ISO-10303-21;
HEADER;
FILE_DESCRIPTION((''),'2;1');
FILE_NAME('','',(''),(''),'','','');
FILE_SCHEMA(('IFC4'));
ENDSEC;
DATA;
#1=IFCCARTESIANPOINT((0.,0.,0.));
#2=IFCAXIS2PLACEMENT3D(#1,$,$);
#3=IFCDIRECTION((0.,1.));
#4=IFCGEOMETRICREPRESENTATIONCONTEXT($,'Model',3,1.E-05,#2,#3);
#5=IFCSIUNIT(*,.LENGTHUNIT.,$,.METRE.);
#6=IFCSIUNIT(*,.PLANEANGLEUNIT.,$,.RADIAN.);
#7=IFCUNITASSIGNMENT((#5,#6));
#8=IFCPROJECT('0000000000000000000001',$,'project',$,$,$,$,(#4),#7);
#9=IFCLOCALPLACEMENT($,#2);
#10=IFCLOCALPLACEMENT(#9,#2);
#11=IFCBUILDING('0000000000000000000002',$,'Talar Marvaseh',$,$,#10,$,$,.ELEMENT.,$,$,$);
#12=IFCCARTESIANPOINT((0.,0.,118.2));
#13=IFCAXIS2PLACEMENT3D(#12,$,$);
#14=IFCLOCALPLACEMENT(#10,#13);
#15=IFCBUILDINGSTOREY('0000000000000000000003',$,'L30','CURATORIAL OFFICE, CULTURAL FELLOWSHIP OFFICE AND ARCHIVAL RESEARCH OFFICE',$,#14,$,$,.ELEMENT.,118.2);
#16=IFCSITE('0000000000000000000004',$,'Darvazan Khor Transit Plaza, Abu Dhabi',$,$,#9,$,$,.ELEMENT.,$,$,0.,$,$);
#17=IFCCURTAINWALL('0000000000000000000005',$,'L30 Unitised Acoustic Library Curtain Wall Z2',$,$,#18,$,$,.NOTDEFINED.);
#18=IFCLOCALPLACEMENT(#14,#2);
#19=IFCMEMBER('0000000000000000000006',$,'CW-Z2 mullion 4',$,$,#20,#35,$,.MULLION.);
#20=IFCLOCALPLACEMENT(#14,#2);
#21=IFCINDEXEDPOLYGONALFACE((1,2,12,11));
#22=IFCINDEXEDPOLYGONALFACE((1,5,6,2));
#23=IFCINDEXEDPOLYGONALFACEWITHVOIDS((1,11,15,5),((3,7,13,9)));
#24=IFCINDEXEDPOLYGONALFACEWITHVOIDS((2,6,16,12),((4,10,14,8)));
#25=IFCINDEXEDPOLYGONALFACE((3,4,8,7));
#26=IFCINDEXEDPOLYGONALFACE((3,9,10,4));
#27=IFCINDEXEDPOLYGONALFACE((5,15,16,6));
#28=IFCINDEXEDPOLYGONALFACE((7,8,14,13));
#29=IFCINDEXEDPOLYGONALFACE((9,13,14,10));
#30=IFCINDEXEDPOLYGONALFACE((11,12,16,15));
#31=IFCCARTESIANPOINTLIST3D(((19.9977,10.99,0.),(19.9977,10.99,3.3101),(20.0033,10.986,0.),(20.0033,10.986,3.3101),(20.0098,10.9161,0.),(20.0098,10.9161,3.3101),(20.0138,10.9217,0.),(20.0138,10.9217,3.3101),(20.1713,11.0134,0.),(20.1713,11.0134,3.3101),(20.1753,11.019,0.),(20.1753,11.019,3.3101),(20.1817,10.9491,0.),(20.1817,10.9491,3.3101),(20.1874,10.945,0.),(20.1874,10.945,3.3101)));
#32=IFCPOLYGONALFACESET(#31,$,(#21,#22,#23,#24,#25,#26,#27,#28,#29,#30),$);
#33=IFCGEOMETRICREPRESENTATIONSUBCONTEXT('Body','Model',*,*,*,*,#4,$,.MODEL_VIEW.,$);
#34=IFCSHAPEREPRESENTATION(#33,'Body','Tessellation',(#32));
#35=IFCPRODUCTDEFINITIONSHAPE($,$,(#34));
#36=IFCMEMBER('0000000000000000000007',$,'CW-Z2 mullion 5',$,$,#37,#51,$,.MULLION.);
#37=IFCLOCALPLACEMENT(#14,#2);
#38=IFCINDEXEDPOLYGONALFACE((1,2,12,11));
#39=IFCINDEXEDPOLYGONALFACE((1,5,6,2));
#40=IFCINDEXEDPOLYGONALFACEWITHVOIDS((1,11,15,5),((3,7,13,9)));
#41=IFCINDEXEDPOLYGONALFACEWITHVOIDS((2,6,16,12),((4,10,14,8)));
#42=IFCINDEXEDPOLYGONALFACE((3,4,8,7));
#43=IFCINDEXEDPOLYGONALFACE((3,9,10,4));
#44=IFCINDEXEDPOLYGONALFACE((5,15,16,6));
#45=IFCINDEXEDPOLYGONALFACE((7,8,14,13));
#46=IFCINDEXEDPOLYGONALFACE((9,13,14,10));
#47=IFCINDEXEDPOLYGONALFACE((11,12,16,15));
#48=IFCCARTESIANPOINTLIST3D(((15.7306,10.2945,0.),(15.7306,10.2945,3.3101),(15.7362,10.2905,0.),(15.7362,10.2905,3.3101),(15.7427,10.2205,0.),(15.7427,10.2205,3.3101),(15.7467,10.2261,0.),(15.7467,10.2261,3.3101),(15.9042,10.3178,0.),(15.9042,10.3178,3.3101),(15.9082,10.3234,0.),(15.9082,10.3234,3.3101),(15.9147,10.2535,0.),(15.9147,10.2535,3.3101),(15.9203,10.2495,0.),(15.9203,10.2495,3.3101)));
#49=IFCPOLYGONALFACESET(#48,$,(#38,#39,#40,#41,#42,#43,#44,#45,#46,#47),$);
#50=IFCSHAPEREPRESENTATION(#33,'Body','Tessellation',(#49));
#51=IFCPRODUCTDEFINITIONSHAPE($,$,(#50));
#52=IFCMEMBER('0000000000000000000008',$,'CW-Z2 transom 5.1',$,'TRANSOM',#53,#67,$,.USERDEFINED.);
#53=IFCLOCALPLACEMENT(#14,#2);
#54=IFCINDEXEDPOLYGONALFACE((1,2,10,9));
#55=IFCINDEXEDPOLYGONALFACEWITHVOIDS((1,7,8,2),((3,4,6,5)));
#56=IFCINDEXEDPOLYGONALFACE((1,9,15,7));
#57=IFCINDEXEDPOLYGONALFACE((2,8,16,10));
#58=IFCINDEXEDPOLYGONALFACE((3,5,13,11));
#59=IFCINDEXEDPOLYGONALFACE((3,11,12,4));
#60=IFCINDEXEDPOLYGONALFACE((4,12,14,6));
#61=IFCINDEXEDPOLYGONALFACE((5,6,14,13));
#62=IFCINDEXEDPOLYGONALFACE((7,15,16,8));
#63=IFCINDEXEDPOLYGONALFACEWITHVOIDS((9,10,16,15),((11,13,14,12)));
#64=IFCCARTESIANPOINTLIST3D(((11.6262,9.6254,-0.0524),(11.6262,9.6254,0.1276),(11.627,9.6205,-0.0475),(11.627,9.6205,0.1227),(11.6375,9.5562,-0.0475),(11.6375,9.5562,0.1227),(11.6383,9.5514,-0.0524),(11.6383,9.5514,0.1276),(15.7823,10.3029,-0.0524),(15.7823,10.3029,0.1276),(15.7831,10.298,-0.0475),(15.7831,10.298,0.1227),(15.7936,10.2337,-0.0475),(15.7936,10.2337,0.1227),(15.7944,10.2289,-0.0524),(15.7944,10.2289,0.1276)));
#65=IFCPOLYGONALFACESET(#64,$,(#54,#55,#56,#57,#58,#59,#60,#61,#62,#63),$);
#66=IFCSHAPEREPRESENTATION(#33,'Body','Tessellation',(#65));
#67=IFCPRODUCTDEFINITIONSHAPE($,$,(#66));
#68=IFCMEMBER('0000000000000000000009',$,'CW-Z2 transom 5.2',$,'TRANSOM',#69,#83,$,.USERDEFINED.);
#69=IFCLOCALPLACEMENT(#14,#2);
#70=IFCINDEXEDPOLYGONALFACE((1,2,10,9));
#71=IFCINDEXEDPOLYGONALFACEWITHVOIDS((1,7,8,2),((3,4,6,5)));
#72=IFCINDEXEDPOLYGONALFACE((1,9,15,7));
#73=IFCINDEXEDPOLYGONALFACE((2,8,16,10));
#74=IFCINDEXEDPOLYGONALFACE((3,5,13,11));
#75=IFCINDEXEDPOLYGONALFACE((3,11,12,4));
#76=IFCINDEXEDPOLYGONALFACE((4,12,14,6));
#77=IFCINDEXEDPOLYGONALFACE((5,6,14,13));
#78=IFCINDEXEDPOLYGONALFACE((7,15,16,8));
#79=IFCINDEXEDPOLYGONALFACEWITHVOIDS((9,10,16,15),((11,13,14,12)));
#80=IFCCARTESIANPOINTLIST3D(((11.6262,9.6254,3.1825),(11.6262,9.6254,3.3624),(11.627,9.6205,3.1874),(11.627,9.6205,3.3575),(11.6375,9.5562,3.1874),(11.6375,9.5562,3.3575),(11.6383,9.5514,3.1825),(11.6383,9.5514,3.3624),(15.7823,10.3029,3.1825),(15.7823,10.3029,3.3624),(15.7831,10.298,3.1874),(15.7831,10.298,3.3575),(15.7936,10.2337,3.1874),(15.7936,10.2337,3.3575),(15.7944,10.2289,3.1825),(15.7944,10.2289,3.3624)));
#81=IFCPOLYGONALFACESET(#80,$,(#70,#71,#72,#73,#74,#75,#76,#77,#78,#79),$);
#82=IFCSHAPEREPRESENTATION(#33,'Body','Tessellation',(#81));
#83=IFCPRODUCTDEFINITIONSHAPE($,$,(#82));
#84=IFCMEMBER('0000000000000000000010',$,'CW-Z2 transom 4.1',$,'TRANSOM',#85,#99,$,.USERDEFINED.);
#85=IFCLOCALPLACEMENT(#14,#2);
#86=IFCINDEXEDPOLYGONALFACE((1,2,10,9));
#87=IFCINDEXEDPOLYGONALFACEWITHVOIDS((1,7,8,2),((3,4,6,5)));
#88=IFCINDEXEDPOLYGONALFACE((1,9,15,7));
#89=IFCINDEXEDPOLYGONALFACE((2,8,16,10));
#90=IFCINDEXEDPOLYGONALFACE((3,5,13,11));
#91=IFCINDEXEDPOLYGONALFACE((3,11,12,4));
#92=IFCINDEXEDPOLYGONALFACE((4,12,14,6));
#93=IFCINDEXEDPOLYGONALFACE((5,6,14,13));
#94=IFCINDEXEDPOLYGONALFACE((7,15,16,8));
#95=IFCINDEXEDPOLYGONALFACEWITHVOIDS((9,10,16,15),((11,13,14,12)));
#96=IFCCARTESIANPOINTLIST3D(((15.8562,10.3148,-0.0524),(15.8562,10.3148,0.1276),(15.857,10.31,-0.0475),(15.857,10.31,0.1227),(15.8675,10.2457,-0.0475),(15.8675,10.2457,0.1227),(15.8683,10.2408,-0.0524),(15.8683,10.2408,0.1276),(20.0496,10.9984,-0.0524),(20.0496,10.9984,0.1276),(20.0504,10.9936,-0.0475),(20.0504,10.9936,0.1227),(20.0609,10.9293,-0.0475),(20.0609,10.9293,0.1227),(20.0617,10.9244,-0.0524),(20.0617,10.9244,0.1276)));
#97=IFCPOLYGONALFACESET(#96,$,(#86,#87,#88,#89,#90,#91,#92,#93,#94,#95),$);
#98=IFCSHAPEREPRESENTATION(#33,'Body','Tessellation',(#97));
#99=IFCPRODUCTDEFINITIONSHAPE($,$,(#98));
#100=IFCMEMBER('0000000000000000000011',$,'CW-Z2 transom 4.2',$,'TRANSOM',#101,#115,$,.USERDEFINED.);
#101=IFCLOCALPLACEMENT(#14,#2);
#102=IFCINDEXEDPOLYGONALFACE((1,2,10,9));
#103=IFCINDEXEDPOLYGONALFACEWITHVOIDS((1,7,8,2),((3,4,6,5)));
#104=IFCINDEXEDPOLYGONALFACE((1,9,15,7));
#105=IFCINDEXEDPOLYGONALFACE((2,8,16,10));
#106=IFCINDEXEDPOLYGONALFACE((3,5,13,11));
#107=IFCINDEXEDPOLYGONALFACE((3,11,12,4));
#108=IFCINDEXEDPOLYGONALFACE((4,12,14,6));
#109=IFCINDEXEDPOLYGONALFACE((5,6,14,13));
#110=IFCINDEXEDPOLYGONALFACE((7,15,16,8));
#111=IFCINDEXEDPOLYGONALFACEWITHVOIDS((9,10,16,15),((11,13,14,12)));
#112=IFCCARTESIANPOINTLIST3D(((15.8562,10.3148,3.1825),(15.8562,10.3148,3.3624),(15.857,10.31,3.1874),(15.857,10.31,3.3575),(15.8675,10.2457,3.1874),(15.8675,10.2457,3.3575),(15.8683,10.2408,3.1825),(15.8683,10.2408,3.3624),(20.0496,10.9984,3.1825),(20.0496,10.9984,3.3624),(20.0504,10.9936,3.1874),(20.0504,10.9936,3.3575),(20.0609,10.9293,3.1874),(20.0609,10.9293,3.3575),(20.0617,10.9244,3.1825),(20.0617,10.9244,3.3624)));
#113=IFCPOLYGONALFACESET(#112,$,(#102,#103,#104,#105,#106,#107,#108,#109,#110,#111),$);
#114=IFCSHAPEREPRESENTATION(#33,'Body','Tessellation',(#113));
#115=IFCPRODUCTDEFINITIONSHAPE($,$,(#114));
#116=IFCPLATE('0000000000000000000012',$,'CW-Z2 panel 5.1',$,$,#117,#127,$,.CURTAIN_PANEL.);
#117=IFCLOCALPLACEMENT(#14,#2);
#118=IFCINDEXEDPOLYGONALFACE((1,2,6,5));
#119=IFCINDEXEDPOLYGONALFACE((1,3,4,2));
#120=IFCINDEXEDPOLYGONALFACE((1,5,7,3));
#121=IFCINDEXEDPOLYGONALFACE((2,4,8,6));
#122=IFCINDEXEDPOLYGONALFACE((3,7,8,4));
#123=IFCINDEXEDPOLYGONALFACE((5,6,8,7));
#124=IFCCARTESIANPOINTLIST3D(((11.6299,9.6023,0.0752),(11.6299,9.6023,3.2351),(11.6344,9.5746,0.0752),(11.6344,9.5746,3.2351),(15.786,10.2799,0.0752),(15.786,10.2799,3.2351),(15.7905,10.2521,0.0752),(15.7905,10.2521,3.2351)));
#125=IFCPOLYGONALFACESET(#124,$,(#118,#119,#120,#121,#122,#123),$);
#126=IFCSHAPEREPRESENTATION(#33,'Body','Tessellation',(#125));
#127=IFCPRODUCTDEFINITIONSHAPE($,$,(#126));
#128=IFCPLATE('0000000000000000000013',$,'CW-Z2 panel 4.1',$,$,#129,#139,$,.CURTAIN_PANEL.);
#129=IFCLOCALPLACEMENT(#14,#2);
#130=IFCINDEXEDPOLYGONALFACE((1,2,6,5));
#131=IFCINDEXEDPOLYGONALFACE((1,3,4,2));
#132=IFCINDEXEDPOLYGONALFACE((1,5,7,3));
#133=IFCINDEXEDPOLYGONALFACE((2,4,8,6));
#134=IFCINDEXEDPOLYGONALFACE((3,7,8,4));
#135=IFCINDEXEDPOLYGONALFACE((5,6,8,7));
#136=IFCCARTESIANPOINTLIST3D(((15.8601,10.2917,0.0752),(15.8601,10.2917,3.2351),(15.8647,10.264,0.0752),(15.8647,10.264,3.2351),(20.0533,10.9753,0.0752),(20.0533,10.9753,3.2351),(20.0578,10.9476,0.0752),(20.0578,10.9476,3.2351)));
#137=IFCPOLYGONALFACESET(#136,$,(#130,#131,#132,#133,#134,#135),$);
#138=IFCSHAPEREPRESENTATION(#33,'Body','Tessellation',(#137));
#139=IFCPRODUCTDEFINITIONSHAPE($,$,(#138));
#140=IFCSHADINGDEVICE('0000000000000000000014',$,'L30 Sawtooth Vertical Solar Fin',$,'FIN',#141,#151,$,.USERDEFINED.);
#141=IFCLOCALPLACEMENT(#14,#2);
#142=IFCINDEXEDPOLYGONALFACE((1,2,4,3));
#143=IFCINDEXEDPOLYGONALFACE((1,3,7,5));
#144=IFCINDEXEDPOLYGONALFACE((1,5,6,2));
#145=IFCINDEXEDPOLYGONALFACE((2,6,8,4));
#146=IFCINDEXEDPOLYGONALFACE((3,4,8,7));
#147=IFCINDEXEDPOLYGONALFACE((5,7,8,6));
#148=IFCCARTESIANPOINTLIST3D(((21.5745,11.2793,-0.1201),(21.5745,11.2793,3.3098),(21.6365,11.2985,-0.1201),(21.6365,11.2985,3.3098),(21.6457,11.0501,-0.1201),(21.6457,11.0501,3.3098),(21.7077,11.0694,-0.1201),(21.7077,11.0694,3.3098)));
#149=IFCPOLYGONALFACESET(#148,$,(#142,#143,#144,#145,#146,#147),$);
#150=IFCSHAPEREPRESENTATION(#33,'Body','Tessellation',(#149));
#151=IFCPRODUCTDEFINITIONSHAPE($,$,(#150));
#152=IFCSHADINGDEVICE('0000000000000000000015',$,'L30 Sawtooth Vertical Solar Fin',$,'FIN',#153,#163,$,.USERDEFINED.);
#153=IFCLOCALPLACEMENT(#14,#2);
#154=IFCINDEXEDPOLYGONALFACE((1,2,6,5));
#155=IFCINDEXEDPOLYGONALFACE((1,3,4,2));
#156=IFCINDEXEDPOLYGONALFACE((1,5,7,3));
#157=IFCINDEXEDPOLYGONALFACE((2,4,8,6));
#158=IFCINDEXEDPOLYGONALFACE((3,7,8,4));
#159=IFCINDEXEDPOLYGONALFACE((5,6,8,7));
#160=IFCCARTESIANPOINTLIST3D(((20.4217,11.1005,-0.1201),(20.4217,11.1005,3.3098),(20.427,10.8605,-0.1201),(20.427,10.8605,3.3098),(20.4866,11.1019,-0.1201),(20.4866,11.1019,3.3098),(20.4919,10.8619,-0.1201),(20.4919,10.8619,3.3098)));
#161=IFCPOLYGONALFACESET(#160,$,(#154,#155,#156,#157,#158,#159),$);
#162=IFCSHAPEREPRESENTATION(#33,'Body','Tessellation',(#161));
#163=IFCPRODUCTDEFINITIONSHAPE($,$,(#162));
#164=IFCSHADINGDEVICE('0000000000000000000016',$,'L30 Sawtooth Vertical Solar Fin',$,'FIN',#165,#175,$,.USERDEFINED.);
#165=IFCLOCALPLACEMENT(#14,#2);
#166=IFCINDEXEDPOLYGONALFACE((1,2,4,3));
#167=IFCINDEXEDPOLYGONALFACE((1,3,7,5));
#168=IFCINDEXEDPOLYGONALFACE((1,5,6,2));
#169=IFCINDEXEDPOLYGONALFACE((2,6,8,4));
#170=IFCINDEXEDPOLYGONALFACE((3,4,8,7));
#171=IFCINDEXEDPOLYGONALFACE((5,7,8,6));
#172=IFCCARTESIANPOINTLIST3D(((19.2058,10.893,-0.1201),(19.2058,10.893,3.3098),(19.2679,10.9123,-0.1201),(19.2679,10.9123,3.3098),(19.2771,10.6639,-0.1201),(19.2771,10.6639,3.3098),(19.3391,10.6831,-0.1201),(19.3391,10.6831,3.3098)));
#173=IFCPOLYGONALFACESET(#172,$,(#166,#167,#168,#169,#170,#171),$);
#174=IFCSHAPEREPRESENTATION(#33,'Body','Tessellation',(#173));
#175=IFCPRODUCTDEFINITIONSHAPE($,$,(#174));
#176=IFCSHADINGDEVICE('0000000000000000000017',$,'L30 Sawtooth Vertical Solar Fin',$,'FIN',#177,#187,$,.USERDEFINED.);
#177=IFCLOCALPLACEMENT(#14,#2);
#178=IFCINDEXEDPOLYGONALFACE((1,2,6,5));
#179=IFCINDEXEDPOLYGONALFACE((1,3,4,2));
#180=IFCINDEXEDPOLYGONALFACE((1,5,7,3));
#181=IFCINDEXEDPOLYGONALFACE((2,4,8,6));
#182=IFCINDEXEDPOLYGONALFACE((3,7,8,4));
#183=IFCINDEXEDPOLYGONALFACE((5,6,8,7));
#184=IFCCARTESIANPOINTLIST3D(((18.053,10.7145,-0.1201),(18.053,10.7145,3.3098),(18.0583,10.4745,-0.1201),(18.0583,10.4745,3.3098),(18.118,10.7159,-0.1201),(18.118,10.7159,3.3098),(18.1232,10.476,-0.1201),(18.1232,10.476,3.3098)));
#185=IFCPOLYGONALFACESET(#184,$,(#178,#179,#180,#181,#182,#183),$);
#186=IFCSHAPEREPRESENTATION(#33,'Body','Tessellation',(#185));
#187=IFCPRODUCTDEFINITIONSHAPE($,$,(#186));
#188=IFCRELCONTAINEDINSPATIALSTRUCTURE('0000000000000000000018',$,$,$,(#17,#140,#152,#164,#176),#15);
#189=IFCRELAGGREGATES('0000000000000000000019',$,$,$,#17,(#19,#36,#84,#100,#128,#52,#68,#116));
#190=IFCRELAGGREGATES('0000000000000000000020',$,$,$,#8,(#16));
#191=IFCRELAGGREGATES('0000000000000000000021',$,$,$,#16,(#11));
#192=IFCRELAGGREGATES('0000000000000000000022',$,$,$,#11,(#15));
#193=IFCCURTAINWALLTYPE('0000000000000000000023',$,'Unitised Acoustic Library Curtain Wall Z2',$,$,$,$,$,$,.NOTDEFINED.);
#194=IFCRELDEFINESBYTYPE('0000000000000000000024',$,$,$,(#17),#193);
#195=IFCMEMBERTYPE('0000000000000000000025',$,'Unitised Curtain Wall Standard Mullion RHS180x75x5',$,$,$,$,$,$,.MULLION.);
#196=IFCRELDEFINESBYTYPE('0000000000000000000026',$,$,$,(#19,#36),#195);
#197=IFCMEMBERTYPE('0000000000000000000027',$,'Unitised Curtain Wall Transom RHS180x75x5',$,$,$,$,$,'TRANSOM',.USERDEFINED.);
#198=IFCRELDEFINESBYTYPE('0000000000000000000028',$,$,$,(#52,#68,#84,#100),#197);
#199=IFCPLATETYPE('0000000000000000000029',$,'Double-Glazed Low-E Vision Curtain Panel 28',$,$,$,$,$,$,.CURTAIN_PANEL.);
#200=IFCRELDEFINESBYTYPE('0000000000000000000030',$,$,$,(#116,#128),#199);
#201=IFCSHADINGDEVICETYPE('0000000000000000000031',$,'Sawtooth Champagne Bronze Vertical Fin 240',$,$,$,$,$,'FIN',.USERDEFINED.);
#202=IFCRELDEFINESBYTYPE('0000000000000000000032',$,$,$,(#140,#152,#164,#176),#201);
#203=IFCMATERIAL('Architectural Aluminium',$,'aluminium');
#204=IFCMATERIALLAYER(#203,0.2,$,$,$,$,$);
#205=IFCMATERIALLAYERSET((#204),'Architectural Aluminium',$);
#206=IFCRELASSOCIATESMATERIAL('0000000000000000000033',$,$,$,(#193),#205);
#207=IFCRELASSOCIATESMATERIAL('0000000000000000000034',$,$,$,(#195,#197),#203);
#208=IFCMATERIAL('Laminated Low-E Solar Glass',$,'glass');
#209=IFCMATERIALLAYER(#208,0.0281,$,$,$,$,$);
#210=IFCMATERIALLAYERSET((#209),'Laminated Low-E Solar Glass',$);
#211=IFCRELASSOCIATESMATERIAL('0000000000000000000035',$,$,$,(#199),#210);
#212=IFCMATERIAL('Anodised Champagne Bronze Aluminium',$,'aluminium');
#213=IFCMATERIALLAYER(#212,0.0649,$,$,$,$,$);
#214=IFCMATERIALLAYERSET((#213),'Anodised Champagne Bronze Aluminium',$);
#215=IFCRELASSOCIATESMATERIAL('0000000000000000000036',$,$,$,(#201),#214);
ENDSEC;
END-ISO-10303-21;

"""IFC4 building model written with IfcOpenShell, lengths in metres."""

from ifc_helpers import new_model, si_unit, direction, frame, origin, origin_2d, place, context, subcontext, project, spatial, rectangle, hollow_rectangle, extrude, source, transform, mapped, material, layer, layer_set, material_profile, profile_set, type_object, type_shapes, element, aggregate, save


model = new_model("IFC4")

# Units and contexts
model_context = context("Model", 3, precision=1e-05, world=origin(), true_north=direction((0.0, 1.0)))
body_context = subcontext(model_context, "Body", "Model", "MODEL_VIEW")
ifc_project = project(units=[si_unit("LENGTHUNIT", "METRE"), si_unit("PLANEANGLEUNIT", "RADIAN")], contexts=[model_context])

# Site, building, storey
site_placement = place(None, origin())
site = spatial("IfcSite", under=ifc_project, at=site_placement, Name="Darvazan Khor Transit Plaza, Abu Dhabi", CompositionType="ELEMENT", RefElevation=0.0)
building_placement = place(site_placement, origin())
building = spatial("IfcBuilding", under=site, at=building_placement, Name="Talar Marvaseh", CompositionType="ELEMENT")
storey_placement = place(building_placement, frame((0.0, 0.0, 118.2)))
storey = spatial("IfcBuildingStorey", under=building, at=storey_placement, Name="L30", Description="CURATORIAL OFFICE, CULTURAL FELLOWSHIP OFFICE AND ARCHIVAL RESEARCH OFFICE", CompositionType="ELEMENT", Elevation=118.2)

# Curtain wall, members, plates
ifc_material_1 = material(Name="Architectural Aluminium", Category="aluminium")
ifc_layer_1 = layer(ifc_material_1, 0.2)
ifc_layer_set_1 = layer_set([ifc_layer_1], Name="Architectural Aluminium")
curtain_wall_type = type_object("IfcCurtainWallType", Name="Unitised Acoustic Library Curtain Wall Z2", PredefinedType="NOTDEFINED", material=ifc_layer_set_1)
curtain_wall_placement = place(storey_placement, origin())
curtain_wall = element("IfcCurtainWall", 1, at=curtain_wall_placement, inside=storey, type_object=curtain_wall_type, Name="L30 Unitised Acoustic Library Curtain Wall Z2", PredefinedType="NOTDEFINED")
ifc_material_profile_1 = material_profile(ifc_material_1, hollow_rectangle(XDim=0.075, YDim=0.1799, WallThickness=0.0049, at=origin_2d()), Name="RHS180x75x5")
ifc_profile_set_1 = profile_set([ifc_material_profile_1], Name="Architectural Aluminium")
member_type_1 = type_object("IfcMemberType", Name="Unitised Curtain Wall Standard Mullion RHS180x75x5", PredefinedType="MULLION", material=ifc_profile_set_1)
shared_shape_1 = source(origin(), body_context, "Body", "SweptSolid", [
    extrude(hollow_rectangle(XDim=0.075, YDim=0.1799, WallThickness=0.0049, at=origin_2d()), origin(), (0.0, 0.0, 1.0), 3.3101),
])
type_shapes(member_type_1, [shared_shape_1])
member_1_placement = place(storey_placement, frame((20.0925, 10.9675, 0.0), z_axis=(0.0, 0.0, 1.0), x_axis=(0.160892, -0.986972, 0.0)))
member_1 = element("IfcMember", 2, at=member_1_placement, type_object=member_type_1, Name="CW-Z2 mullion 4", PredefinedType="MULLION", context=body_context, shape_type="MappedRepresentation", body=[
    mapped(shared_shape_1, transform((0.0, 0.0, 0.0), x_axis=(1.0, 0.0, 0.0), y_axis=(0.0, 1.0, 0.0), z_axis=(0.0, 0.0, 1.0), scale=1.0)),
])
member_2_placement = place(storey_placement, frame((15.8254, 10.272, 0.0), z_axis=(0.0, 0.0, 1.0), x_axis=(0.160892, -0.986972, 0.0)))
member_2 = element("IfcMember", 3, at=member_2_placement, type_object=member_type_1, Name="CW-Z2 mullion 5", PredefinedType="MULLION", context=body_context, shape_type="MappedRepresentation", body=[
    mapped(shared_shape_1, transform((0.0, 0.0, 0.0), x_axis=(1.0, 0.0, 0.0), y_axis=(0.0, 1.0, 0.0), z_axis=(0.0, 0.0, 1.0), scale=1.0)),
])
ifc_material_profile_2 = material_profile(ifc_material_1, hollow_rectangle(XDim=0.075, YDim=0.1799, WallThickness=0.0049, at=origin_2d()), Name="RHS180x75x5")
ifc_profile_set_2 = profile_set([ifc_material_profile_2], Name="Architectural Aluminium")
member_type_2 = type_object("IfcMemberType", Name="Unitised Curtain Wall Transom RHS180x75x5", ElementType="TRANSOM", PredefinedType="USERDEFINED", material=ifc_profile_set_2)
shared_shape_2 = source(origin(), body_context, "Body", "SweptSolid", [
    extrude(hollow_rectangle(XDim=0.075, YDim=0.1799, WallThickness=0.0049, at=origin_2d()), origin(), (0.0, 0.0, 1.0), 4.2109),
])
member_3_placement = place(storey_placement, frame((15.7883, 10.2659, 0.0376), z_axis=(-0.986972, -0.160891, 0.0), x_axis=(0.160891, -0.986972, 0.0)))
member_3 = element("IfcMember", 4, at=member_3_placement, type_object=member_type_2, Name="CW-Z2 transom 5.1", ObjectType="TRANSOM", PredefinedType="USERDEFINED", context=body_context, shape_type="MappedRepresentation", body=[
    mapped(shared_shape_2, transform((0.0, 0.0, 0.0), x_axis=(1.0, 0.0, 0.0), y_axis=(0.0, 1.0, 0.0), z_axis=(0.0, 0.0, 1.0), scale=1.0)),
])
member_4_placement = place(storey_placement, frame((15.7883, 10.2659, 3.2725), z_axis=(-0.986972, -0.160891, 0.0), x_axis=(0.160891, -0.986972, 0.0)))
member_4 = element("IfcMember", 5, at=member_4_placement, type_object=member_type_2, Name="CW-Z2 transom 5.2", ObjectType="TRANSOM", PredefinedType="USERDEFINED", context=body_context, shape_type="MappedRepresentation", body=[
    mapped(shared_shape_2, transform((0.0, 0.0, 0.0), x_axis=(1.0, 0.0, 0.0), y_axis=(0.0, 1.0, 0.0), z_axis=(0.0, 0.0, 1.0), scale=1.0)),
])
shared_shape_3 = source(origin(), body_context, "Body", "SweptSolid", [
    extrude(hollow_rectangle(XDim=0.075, YDim=0.1799, WallThickness=0.0049, at=origin_2d()), origin(), (0.0, 0.0, 1.0), 4.2488),
])
type_shapes(member_type_2, [shared_shape_2, shared_shape_3])
member_5_placement = place(storey_placement, frame((20.0557, 10.9614, 0.0376), z_axis=(-0.986972, -0.160894, 0.0), x_axis=(0.160894, -0.986972, 0.0)))
member_5 = element("IfcMember", 6, at=member_5_placement, type_object=member_type_2, Name="CW-Z2 transom 4.1", ObjectType="TRANSOM", PredefinedType="USERDEFINED", context=body_context, shape_type="MappedRepresentation", body=[
    mapped(shared_shape_3, transform((0.0, 0.0, 0.0), x_axis=(1.0, 0.0, 0.0), y_axis=(0.0, 1.0, 0.0), z_axis=(0.0, 0.0, 1.0), scale=1.0)),
])
member_6_placement = place(storey_placement, frame((20.0557, 10.9614, 3.2725), z_axis=(-0.986972, -0.160894, 0.0), x_axis=(0.160894, -0.986972, 0.0)))
member_6 = element("IfcMember", 7, at=member_6_placement, type_object=member_type_2, Name="CW-Z2 transom 4.2", ObjectType="TRANSOM", PredefinedType="USERDEFINED", context=body_context, shape_type="MappedRepresentation", body=[
    mapped(shared_shape_3, transform((0.0, 0.0, 0.0), x_axis=(1.0, 0.0, 0.0), y_axis=(0.0, 1.0, 0.0), z_axis=(0.0, 0.0, 1.0), scale=1.0)),
])
ifc_material_2 = material(Name="Laminated Low-E Solar Glass", Category="glass")
ifc_layer_2 = layer(ifc_material_2, 0.0281)
ifc_layer_set_2 = layer_set([ifc_layer_2], Name="Laminated Low-E Solar Glass")
plate_type = type_object("IfcPlateType", Name="Double-Glazed Low-E Vision Curtain Panel 28", PredefinedType="CURTAIN_PANEL", material=ifc_layer_set_2)
shared_shape_4 = source(origin(), body_context, "Body", "SweptSolid", [
    extrude(rectangle(XDim=4.2109, YDim=0.0281, at=origin_2d()), origin(), (0.0, 0.0, 1.0), 3.1599),
])
plate_1_placement = place(storey_placement, frame((13.7102, 9.9272, 0.0752), z_axis=(0.0, 0.0, 1.0), x_axis=(-0.986972, -0.160892, 0.0)))
plate_1 = element("IfcPlate", 8, at=plate_1_placement, type_object=plate_type, Name="CW-Z2 panel 5.1", PredefinedType="CURTAIN_PANEL", context=body_context, shape_type="MappedRepresentation", body=[
    mapped(shared_shape_4, transform((0.0, 0.0, 0.0), x_axis=(1.0, 0.0, 0.0), y_axis=(0.0, 1.0, 0.0), z_axis=(0.0, 0.0, 1.0), scale=1.0)),
])
shared_shape_5 = source(origin(), body_context, "Body", "SweptSolid", [
    extrude(rectangle(XDim=4.2485, YDim=0.0281, at=origin_2d()), origin(), (0.0, 0.0, 1.0), 3.1599),
])
type_shapes(plate_type, [shared_shape_4, shared_shape_5])
plate_2_placement = place(storey_placement, frame((17.959, 10.6196, 0.0752), z_axis=(0.0, 0.0, 1.0), x_axis=(-0.986972, -0.160892, 0.0)))
plate_2 = element("IfcPlate", 9, at=plate_2_placement, type_object=plate_type, Name="CW-Z2 panel 4.1", PredefinedType="CURTAIN_PANEL", context=body_context, shape_type="MappedRepresentation", body=[
    mapped(shared_shape_5, transform((0.0, 0.0, 0.0), x_axis=(1.0, 0.0, 0.0), y_axis=(0.0, 1.0, 0.0), z_axis=(0.0, 0.0, 1.0), scale=1.0)),
])
aggregate(curtain_wall, [member_1, member_2, member_5, member_6, plate_2, member_3, member_4, plate_1])

# Shading devices
ifc_material_3 = material(Name="Anodised Champagne Bronze Aluminium", Category="aluminium")
ifc_layer_3 = layer(ifc_material_3, 0.0649)
ifc_layer_set_3 = layer_set([ifc_layer_3], Name="Anodised Champagne Bronze Aluminium")
shading_device_type = type_object("IfcShadingDeviceType", Name="Sawtooth Champagne Bronze Vertical Fin 240", ElementType="FIN", PredefinedType="USERDEFINED", material=ifc_layer_set_3)
shared_shape_6 = source(origin(), body_context, "Body", "SweptSolid", [
    extrude(rectangle(XDim=0.24, YDim=0.0649, at=origin_2d()), origin(), (0.0, 0.0, 1.0), 3.4299),
])
type_shapes(shading_device_type, [shared_shape_6])
for number, where, z_axis, x_axis, name in (
    (10, (21.6411, 11.1743, -0.1201), (0.0, 0.0, 1.0), (0.296708, -0.954968, 0.0), "L30 Sawtooth Vertical Solar Fin"),
    (11, (20.4568, 10.9812, -0.1201), (0.0, 0.0, 1.0), (0.021989, -0.999758, 0.0), "L30 Sawtooth Vertical Solar Fin"),
    (12, (19.2725, 10.7881, -0.1201), (0.0, 0.0, 1.0), (0.296708, -0.954968, 0.0), "L30 Sawtooth Vertical Solar Fin"),
    (13, (18.0881, 10.5952, -0.1201), (0.0, 0.0, 1.0), (0.021989, -0.999758, 0.0), "L30 Sawtooth Vertical Solar Fin"),
):
    element("IfcShadingDevice", number, at=place(storey_placement, frame(where, z_axis=z_axis, x_axis=x_axis)), inside=storey, type_object=shading_device_type, Name=name, ObjectType="FIN", PredefinedType="USERDEFINED", context=body_context, shape_type="MappedRepresentation", body=[
        mapped(shared_shape_6, transform((0.0, 0.0, 0.0), x_axis=(1.0, 0.0, 0.0), y_axis=(0.0, 1.0, 0.0), z_axis=(0.0, 0.0, 1.0), scale=1.0)),
    ])

save(model, "model.ifc")
